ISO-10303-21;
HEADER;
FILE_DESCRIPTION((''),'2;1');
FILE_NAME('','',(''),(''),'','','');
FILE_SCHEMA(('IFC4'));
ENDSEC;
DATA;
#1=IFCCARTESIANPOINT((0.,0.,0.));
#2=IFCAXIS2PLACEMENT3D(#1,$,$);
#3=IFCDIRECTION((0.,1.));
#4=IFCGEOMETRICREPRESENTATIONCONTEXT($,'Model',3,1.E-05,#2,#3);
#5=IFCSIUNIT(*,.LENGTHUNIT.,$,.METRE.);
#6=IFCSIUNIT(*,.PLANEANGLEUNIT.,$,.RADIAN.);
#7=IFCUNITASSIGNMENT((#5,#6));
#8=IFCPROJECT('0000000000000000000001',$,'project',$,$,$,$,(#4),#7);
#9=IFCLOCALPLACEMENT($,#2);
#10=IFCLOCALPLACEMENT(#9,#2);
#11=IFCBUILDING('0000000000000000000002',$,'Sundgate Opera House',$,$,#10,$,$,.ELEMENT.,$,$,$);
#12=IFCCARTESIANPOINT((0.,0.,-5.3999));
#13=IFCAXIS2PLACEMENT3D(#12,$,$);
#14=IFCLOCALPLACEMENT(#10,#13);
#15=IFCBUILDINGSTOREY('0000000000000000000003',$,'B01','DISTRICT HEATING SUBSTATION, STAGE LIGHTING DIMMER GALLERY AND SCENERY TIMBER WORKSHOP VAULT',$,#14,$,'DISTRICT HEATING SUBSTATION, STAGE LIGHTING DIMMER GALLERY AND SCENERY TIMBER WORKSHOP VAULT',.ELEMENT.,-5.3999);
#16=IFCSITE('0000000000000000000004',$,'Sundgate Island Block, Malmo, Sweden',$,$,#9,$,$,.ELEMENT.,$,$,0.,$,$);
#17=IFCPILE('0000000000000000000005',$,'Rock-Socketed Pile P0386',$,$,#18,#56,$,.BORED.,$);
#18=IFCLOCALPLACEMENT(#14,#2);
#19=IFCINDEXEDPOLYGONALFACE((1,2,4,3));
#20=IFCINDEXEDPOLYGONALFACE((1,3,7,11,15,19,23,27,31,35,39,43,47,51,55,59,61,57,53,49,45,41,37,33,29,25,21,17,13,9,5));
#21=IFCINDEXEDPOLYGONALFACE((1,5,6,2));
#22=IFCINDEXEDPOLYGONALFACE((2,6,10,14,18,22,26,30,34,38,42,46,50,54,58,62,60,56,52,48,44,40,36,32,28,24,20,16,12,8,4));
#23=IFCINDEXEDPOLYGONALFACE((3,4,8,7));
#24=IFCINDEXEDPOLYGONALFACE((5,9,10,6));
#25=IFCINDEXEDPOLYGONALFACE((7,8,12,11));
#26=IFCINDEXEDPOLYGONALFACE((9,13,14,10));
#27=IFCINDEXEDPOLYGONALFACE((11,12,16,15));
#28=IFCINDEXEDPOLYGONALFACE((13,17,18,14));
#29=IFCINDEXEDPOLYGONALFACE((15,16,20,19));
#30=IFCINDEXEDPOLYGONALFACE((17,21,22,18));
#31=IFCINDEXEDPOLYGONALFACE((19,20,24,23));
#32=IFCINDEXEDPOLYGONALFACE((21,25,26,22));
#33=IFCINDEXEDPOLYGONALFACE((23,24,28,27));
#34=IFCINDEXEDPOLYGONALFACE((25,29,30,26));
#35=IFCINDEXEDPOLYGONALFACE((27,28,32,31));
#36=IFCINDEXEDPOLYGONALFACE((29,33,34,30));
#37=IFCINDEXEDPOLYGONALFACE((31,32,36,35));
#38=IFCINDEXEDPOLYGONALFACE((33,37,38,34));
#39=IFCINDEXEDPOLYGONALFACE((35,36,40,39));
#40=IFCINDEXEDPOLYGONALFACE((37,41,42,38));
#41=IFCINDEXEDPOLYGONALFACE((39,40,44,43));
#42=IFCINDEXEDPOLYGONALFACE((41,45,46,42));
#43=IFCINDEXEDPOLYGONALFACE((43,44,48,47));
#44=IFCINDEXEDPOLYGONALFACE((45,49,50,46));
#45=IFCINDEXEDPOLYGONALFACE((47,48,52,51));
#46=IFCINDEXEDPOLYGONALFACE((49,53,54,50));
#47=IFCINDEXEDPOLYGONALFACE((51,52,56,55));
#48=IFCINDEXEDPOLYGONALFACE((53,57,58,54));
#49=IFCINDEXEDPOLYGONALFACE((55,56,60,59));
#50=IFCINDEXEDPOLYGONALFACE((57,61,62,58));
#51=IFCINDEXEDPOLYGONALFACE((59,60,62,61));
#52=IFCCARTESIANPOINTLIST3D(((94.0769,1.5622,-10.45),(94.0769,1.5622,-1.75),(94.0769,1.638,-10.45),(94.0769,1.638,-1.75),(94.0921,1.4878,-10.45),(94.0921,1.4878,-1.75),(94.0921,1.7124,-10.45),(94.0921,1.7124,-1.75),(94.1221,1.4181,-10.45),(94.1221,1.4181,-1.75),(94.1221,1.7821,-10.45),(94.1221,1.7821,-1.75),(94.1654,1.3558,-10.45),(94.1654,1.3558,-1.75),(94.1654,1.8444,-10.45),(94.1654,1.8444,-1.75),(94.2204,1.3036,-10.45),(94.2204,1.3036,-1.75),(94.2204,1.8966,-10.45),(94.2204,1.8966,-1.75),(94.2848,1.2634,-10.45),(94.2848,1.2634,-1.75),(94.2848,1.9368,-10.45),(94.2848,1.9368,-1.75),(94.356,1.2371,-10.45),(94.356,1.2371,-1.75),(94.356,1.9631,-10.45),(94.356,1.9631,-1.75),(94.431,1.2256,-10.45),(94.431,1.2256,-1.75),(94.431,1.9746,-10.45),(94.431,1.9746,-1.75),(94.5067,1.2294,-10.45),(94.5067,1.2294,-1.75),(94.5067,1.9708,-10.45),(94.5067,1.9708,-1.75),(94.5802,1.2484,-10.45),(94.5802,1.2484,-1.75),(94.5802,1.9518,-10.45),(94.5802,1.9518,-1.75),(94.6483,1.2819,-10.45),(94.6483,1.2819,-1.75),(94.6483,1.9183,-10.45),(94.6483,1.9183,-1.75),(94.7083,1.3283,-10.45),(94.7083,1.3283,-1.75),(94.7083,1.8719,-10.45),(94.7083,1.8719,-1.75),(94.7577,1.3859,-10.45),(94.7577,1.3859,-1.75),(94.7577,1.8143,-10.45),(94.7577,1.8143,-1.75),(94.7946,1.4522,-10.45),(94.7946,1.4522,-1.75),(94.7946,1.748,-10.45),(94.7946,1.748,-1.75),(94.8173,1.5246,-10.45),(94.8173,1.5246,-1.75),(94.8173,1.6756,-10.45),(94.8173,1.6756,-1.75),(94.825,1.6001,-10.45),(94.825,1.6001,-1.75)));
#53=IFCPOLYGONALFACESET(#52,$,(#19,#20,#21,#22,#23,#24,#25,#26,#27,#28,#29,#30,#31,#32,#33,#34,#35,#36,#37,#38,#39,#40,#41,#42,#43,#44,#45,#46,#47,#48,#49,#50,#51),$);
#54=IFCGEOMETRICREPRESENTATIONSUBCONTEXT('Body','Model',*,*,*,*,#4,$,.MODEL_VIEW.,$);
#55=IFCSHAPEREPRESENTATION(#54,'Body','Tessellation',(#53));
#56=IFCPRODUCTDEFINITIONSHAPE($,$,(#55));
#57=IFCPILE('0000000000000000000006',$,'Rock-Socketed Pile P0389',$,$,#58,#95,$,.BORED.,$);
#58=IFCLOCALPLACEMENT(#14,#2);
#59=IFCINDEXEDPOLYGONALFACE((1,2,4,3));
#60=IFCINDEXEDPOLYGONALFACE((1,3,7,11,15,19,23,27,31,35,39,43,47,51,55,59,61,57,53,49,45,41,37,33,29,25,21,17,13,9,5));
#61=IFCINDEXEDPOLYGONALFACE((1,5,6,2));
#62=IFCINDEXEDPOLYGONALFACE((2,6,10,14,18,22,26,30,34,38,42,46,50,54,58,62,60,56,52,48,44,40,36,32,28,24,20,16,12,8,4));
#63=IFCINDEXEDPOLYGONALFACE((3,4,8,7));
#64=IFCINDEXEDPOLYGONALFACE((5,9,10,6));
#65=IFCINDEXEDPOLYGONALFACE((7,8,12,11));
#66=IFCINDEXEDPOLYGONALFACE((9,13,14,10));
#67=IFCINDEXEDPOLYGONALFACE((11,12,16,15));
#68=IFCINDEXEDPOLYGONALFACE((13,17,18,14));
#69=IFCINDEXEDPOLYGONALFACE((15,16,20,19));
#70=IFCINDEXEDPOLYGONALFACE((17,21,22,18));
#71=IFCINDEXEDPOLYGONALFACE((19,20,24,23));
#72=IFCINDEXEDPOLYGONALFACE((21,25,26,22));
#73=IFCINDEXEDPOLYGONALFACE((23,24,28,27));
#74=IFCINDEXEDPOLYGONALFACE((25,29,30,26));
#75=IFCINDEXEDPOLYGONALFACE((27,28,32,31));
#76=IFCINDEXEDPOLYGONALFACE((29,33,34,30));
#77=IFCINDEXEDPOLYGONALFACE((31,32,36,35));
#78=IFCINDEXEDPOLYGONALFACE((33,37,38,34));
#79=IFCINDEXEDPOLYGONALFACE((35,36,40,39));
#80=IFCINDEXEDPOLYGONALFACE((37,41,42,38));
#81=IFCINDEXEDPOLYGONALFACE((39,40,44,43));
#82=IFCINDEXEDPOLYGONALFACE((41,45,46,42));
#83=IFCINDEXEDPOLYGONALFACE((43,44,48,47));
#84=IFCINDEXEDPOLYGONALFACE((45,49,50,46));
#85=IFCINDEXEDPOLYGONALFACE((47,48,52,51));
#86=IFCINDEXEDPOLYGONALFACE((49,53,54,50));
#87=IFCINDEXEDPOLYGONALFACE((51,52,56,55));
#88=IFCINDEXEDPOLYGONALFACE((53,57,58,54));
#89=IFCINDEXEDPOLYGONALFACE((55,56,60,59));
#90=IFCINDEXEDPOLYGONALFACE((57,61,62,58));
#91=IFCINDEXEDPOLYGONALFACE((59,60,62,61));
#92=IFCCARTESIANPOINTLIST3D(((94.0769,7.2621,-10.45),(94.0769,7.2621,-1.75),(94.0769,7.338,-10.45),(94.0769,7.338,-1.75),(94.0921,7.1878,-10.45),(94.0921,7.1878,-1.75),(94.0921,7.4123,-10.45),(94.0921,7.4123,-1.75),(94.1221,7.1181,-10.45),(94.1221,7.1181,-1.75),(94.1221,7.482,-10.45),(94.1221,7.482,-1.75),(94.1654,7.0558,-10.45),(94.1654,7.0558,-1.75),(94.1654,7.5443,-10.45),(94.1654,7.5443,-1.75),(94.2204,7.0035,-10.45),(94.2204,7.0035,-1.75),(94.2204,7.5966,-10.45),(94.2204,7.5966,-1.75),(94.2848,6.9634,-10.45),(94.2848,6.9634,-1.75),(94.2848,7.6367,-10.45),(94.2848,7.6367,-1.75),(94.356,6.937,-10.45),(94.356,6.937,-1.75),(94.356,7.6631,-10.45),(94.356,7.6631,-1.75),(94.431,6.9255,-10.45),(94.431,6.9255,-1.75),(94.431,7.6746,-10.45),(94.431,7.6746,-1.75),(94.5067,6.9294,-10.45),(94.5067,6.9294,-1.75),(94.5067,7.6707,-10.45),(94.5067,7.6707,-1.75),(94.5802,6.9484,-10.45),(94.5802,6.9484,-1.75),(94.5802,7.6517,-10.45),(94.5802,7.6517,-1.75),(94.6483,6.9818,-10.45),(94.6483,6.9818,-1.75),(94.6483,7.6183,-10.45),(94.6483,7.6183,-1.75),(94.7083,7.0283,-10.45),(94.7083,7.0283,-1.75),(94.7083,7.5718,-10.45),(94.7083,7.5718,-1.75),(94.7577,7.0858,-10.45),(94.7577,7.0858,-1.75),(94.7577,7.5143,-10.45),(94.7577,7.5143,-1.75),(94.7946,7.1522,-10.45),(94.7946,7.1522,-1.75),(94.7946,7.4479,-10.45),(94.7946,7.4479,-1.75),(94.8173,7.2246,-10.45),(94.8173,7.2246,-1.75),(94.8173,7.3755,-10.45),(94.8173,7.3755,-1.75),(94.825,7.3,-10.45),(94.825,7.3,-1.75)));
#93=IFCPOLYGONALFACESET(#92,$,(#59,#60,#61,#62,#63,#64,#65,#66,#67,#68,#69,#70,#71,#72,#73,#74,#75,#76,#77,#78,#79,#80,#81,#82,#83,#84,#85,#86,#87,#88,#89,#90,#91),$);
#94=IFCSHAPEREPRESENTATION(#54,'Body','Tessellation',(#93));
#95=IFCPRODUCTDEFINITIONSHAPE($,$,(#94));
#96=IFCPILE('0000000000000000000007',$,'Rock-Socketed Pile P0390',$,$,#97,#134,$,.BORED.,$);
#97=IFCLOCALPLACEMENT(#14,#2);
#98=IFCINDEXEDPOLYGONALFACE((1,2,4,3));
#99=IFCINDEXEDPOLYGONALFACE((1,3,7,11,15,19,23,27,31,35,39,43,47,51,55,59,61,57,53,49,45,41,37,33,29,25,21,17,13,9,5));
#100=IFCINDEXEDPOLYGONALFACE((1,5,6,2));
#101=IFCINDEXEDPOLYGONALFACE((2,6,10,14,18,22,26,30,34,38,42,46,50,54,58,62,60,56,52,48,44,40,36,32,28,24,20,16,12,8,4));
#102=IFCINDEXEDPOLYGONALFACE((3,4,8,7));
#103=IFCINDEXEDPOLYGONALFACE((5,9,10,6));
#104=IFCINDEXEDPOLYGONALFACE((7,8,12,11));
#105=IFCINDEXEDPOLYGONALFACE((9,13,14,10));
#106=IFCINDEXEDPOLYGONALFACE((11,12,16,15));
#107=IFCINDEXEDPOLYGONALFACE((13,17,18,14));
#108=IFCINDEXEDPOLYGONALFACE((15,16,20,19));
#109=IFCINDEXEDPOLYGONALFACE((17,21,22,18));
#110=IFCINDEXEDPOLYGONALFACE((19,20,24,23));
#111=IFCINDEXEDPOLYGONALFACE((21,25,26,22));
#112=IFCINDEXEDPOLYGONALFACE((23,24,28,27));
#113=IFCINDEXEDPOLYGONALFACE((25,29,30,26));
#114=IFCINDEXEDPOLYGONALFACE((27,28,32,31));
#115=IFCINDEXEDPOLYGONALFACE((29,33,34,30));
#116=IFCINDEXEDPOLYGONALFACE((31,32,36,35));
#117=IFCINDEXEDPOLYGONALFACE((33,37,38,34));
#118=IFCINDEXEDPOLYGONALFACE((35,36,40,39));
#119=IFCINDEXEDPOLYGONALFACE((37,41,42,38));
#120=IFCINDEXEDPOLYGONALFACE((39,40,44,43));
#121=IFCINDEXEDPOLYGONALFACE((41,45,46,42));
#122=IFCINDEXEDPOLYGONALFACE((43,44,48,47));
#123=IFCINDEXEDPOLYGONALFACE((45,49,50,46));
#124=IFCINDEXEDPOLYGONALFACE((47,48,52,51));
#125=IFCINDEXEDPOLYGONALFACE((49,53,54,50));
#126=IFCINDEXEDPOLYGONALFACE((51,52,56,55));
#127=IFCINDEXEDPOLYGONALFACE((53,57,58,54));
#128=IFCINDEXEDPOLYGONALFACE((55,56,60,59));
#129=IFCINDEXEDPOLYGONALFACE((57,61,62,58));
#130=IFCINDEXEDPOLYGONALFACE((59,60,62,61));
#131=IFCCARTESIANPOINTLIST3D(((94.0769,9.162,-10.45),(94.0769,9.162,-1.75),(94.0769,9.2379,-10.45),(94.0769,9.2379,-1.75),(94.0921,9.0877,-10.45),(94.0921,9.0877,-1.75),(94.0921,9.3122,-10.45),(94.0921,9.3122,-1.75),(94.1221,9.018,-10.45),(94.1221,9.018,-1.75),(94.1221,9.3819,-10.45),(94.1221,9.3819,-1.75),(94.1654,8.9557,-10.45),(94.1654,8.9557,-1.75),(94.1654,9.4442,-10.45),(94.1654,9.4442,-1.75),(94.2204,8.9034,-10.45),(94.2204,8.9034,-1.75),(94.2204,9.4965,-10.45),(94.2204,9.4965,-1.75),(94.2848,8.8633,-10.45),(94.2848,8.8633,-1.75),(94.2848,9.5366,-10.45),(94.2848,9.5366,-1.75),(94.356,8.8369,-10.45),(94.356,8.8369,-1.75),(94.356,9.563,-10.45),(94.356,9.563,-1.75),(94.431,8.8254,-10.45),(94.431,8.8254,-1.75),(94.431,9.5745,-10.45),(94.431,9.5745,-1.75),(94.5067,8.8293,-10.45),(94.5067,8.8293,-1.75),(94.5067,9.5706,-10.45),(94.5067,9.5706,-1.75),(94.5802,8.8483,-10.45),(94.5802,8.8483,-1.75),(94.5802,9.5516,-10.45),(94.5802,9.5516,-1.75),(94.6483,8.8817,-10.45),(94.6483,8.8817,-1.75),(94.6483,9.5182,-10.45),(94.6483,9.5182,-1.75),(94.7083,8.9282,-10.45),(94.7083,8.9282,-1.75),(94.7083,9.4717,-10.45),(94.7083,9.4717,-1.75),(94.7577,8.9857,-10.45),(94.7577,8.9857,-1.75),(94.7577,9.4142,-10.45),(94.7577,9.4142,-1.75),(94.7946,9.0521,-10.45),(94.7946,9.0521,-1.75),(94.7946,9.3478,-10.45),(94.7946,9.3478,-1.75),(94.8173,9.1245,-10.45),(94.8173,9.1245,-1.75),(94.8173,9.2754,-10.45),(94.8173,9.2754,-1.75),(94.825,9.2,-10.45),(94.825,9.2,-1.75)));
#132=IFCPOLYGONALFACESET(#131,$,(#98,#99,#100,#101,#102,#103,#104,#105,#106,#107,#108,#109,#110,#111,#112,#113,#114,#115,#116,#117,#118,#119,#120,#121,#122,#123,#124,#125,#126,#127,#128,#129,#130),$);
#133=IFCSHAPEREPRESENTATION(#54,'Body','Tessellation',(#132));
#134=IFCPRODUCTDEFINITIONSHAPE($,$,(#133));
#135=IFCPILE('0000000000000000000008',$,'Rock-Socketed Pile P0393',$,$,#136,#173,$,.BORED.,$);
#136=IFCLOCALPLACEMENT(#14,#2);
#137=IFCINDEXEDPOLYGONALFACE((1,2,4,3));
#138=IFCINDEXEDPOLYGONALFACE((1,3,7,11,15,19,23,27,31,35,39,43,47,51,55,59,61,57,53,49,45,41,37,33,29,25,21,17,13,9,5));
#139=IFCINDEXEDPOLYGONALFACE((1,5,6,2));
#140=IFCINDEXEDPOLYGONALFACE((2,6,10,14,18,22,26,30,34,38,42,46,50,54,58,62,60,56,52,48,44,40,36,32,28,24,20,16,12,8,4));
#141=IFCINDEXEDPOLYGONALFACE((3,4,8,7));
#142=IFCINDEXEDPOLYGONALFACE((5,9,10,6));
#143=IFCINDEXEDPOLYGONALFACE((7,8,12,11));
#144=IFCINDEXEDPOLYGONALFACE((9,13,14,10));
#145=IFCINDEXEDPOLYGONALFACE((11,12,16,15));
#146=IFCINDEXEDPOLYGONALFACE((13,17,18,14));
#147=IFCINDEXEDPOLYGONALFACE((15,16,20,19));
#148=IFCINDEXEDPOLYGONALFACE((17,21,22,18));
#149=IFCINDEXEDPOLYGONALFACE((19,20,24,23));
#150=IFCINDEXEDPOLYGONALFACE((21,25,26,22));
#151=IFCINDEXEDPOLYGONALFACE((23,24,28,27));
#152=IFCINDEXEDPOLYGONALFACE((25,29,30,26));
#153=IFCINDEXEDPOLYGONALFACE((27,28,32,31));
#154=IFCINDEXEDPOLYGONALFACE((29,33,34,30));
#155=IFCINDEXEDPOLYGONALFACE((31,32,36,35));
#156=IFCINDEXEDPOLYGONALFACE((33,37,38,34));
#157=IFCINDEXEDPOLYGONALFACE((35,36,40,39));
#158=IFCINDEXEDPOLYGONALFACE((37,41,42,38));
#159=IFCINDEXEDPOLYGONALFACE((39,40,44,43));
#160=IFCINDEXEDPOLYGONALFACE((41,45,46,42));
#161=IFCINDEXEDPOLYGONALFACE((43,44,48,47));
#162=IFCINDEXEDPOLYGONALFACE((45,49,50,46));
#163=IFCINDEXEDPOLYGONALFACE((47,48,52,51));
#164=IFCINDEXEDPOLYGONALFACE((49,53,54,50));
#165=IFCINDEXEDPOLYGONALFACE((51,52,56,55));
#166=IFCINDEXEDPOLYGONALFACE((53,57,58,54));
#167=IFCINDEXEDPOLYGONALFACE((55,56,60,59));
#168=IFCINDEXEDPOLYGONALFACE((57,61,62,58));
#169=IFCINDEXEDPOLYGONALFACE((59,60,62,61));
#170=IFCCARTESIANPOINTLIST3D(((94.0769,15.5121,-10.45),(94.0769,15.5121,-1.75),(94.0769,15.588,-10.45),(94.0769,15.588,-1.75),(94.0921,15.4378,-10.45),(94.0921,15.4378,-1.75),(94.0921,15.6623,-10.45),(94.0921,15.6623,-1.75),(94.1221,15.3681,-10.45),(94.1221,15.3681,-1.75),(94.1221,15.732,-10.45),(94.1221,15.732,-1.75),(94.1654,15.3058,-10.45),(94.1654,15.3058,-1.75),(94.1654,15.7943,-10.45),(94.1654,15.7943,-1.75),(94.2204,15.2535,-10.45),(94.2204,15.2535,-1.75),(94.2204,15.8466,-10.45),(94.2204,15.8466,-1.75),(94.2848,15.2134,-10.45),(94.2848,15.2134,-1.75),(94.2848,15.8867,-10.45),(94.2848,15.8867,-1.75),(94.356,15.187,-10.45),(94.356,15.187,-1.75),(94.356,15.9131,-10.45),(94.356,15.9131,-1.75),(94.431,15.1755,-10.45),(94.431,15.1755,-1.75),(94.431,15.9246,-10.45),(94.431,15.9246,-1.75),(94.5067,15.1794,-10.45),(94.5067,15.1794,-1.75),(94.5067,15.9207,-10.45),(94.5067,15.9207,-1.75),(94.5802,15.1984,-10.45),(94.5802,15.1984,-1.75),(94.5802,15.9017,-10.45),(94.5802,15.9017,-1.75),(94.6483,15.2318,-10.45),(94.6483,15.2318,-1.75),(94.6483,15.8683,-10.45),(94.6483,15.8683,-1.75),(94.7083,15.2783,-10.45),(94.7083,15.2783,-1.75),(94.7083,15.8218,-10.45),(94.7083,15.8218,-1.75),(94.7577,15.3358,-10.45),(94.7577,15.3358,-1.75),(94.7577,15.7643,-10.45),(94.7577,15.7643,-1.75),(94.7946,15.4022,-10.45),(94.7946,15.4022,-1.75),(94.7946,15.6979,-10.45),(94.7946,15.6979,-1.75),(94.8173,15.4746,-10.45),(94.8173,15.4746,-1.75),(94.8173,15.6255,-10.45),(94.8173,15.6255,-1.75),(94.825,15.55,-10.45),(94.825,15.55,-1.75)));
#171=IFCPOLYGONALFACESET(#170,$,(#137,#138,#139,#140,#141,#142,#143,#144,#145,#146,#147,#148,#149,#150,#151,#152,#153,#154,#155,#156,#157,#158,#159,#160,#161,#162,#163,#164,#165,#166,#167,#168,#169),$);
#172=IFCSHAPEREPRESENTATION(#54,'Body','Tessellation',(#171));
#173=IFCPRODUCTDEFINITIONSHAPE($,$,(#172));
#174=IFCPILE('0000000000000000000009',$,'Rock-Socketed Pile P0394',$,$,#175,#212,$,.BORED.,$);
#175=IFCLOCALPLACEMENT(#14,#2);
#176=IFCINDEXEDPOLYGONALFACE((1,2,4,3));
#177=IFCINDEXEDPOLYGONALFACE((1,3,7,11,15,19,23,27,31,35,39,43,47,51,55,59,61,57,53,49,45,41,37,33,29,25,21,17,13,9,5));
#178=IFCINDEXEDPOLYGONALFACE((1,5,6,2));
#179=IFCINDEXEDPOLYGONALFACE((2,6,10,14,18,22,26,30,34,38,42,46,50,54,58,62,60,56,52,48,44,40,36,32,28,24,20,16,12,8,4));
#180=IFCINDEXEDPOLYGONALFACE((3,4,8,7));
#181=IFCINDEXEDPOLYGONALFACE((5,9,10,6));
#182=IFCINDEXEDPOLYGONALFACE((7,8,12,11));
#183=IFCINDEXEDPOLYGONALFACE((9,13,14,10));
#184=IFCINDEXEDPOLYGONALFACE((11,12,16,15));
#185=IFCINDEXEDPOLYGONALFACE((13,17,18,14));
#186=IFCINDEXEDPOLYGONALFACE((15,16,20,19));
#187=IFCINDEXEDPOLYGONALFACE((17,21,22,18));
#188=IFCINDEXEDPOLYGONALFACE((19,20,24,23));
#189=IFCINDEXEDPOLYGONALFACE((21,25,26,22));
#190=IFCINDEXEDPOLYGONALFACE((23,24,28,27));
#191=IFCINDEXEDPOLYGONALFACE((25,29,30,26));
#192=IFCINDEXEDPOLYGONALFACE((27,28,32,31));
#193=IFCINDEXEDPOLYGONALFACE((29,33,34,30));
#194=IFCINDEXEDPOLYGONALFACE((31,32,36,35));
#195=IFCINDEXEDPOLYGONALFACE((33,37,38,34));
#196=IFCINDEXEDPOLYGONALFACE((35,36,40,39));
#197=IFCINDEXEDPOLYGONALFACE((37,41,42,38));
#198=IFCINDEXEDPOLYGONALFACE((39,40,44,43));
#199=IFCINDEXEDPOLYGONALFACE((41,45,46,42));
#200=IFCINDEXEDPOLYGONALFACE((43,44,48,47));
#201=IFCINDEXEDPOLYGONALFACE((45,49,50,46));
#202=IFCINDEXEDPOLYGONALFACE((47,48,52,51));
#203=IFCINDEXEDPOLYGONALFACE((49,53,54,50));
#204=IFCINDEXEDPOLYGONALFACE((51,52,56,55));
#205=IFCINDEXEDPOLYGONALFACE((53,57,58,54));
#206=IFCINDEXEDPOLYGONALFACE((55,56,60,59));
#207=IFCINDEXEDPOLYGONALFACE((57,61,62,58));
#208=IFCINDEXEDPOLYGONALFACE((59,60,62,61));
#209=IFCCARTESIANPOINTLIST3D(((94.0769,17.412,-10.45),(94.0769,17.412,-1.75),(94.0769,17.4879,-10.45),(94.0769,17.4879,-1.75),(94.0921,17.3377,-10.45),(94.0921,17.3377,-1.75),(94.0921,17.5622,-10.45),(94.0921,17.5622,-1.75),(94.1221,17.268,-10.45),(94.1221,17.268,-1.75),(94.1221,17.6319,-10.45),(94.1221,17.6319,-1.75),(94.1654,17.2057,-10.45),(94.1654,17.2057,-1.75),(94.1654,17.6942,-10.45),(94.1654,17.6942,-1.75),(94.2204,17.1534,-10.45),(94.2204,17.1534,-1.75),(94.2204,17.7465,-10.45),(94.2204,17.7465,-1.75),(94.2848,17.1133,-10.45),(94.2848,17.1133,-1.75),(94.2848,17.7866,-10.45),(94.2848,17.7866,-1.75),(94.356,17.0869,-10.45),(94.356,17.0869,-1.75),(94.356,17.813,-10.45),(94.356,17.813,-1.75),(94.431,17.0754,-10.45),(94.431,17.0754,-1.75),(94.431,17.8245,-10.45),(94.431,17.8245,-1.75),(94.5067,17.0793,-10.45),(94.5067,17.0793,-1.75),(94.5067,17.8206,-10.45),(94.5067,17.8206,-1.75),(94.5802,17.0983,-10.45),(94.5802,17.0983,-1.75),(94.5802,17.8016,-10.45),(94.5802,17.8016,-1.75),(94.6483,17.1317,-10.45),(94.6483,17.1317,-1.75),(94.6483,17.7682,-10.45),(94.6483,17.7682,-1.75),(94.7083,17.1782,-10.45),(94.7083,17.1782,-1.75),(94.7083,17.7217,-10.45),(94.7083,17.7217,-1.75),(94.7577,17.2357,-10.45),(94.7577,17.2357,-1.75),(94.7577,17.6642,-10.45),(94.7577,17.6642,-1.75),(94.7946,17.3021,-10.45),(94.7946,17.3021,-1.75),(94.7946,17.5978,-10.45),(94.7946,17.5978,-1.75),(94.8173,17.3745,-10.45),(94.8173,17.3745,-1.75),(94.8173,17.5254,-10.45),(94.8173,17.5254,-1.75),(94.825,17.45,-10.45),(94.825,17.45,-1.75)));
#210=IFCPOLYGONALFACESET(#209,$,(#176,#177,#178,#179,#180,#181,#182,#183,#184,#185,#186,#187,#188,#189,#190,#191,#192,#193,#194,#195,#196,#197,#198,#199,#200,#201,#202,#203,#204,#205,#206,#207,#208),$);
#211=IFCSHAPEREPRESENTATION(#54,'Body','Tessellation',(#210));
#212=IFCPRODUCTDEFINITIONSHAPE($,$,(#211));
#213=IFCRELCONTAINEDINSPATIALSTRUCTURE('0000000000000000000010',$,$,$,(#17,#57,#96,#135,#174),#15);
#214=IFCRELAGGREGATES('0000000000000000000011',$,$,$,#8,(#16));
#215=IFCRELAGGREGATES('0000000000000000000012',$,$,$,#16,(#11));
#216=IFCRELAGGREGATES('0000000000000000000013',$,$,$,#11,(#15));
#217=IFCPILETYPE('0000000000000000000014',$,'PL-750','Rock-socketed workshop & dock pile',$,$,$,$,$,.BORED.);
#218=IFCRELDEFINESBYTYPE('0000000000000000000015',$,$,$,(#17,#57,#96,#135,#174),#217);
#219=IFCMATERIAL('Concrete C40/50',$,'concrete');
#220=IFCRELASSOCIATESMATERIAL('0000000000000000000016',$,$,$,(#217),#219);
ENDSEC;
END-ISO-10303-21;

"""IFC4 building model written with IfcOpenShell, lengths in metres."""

from ifc_helpers import new_model, si_unit, direction, frame, origin, origin_2d, place, context, subcontext, project, spatial, circle, extrude, material, material_profile, profile_set, type_object, element, save


model = new_model("IFC4")

# Units and contexts
model_context = context("Model", 3, precision=1e-05, world=origin(), true_north=direction((0.0, 1.0)))
body_context = subcontext(model_context, "Body", "Model", "MODEL_VIEW")
ifc_project = project(units=[si_unit("LENGTHUNIT", "METRE"), si_unit("PLANEANGLEUNIT", "RADIAN")], contexts=[model_context])

# Site, building, storey
site_placement = place(None, origin())
site = spatial("IfcSite", under=ifc_project, at=site_placement, Name="Sundgate Island Block, Malmo, Sweden", CompositionType="ELEMENT", RefElevation=0.0)
building_placement = place(site_placement, origin())
building = spatial("IfcBuilding", under=site, at=building_placement, Name="Sundgate Opera House", CompositionType="ELEMENT")
storey_placement = place(building_placement, frame((0.0, 0.0, -5.3999)))
storey = spatial("IfcBuildingStorey", under=building, at=storey_placement, Name="B01", Description="DISTRICT HEATING SUBSTATION, STAGE LIGHTING DIMMER GALLERY AND SCENERY TIMBER WORKSHOP VAULT", LongName="DISTRICT HEATING SUBSTATION, STAGE LIGHTING DIMMER GALLERY AND SCENERY TIMBER WORKSHOP VAULT", CompositionType="ELEMENT", Elevation=-5.3999)

# Piles
ifc_material_1 = material(Name="Concrete C40/50", Category="concrete")
ifc_material_profile_1 = material_profile(ifc_material_1, circle(Radius=0.375, at=origin_2d()), Name="PILE D750")
ifc_profile_set_1 = profile_set([ifc_material_profile_1], Name="Concrete C40/50")
pile_type_1 = type_object("IfcPileType", Name="PL-750", Description="Rock-socketed workshop & dock pile", PredefinedType="BORED", material=ifc_profile_set_1)
for number, where, z_axis, x_axis, name in (
    (1, (94.45, 1.6001, -1.75), (0.0, 0.0, -1.0), (1.0, 0.0, 0.0), "Rock-Socketed Pile P0386"),
    (2, (94.45, 7.3, -1.75), (0.0, 0.0, -1.0), (1.0, 0.0, 0.0), "Rock-Socketed Pile P0389"),
    (3, (94.45, 9.2, -1.75), (0.0, 0.0, -1.0), (1.0, 0.0, 0.0), "Rock-Socketed Pile P0390"),
    (4, (94.45, 15.55, -1.75), (0.0, 0.0, -1.0), (1.0, 0.0, 0.0), "Rock-Socketed Pile P0393"),
    (5, (94.45, 17.45, -1.75), (0.0, 0.0, -1.0), (1.0, 0.0, 0.0), "Rock-Socketed Pile P0394"),
):
    element("IfcPile", number, at=place(storey_placement, frame(where, z_axis=z_axis, x_axis=x_axis)), inside=storey, type_object=pile_type_1, Name=name, PredefinedType="BORED", context=body_context, shape_type="SweptSolid", body=[
        extrude(circle(Radius=0.375, at=origin_2d()), origin(), (0.0, 0.0, 1.0), 8.7),
    ])

save(model, "model.ifc")
